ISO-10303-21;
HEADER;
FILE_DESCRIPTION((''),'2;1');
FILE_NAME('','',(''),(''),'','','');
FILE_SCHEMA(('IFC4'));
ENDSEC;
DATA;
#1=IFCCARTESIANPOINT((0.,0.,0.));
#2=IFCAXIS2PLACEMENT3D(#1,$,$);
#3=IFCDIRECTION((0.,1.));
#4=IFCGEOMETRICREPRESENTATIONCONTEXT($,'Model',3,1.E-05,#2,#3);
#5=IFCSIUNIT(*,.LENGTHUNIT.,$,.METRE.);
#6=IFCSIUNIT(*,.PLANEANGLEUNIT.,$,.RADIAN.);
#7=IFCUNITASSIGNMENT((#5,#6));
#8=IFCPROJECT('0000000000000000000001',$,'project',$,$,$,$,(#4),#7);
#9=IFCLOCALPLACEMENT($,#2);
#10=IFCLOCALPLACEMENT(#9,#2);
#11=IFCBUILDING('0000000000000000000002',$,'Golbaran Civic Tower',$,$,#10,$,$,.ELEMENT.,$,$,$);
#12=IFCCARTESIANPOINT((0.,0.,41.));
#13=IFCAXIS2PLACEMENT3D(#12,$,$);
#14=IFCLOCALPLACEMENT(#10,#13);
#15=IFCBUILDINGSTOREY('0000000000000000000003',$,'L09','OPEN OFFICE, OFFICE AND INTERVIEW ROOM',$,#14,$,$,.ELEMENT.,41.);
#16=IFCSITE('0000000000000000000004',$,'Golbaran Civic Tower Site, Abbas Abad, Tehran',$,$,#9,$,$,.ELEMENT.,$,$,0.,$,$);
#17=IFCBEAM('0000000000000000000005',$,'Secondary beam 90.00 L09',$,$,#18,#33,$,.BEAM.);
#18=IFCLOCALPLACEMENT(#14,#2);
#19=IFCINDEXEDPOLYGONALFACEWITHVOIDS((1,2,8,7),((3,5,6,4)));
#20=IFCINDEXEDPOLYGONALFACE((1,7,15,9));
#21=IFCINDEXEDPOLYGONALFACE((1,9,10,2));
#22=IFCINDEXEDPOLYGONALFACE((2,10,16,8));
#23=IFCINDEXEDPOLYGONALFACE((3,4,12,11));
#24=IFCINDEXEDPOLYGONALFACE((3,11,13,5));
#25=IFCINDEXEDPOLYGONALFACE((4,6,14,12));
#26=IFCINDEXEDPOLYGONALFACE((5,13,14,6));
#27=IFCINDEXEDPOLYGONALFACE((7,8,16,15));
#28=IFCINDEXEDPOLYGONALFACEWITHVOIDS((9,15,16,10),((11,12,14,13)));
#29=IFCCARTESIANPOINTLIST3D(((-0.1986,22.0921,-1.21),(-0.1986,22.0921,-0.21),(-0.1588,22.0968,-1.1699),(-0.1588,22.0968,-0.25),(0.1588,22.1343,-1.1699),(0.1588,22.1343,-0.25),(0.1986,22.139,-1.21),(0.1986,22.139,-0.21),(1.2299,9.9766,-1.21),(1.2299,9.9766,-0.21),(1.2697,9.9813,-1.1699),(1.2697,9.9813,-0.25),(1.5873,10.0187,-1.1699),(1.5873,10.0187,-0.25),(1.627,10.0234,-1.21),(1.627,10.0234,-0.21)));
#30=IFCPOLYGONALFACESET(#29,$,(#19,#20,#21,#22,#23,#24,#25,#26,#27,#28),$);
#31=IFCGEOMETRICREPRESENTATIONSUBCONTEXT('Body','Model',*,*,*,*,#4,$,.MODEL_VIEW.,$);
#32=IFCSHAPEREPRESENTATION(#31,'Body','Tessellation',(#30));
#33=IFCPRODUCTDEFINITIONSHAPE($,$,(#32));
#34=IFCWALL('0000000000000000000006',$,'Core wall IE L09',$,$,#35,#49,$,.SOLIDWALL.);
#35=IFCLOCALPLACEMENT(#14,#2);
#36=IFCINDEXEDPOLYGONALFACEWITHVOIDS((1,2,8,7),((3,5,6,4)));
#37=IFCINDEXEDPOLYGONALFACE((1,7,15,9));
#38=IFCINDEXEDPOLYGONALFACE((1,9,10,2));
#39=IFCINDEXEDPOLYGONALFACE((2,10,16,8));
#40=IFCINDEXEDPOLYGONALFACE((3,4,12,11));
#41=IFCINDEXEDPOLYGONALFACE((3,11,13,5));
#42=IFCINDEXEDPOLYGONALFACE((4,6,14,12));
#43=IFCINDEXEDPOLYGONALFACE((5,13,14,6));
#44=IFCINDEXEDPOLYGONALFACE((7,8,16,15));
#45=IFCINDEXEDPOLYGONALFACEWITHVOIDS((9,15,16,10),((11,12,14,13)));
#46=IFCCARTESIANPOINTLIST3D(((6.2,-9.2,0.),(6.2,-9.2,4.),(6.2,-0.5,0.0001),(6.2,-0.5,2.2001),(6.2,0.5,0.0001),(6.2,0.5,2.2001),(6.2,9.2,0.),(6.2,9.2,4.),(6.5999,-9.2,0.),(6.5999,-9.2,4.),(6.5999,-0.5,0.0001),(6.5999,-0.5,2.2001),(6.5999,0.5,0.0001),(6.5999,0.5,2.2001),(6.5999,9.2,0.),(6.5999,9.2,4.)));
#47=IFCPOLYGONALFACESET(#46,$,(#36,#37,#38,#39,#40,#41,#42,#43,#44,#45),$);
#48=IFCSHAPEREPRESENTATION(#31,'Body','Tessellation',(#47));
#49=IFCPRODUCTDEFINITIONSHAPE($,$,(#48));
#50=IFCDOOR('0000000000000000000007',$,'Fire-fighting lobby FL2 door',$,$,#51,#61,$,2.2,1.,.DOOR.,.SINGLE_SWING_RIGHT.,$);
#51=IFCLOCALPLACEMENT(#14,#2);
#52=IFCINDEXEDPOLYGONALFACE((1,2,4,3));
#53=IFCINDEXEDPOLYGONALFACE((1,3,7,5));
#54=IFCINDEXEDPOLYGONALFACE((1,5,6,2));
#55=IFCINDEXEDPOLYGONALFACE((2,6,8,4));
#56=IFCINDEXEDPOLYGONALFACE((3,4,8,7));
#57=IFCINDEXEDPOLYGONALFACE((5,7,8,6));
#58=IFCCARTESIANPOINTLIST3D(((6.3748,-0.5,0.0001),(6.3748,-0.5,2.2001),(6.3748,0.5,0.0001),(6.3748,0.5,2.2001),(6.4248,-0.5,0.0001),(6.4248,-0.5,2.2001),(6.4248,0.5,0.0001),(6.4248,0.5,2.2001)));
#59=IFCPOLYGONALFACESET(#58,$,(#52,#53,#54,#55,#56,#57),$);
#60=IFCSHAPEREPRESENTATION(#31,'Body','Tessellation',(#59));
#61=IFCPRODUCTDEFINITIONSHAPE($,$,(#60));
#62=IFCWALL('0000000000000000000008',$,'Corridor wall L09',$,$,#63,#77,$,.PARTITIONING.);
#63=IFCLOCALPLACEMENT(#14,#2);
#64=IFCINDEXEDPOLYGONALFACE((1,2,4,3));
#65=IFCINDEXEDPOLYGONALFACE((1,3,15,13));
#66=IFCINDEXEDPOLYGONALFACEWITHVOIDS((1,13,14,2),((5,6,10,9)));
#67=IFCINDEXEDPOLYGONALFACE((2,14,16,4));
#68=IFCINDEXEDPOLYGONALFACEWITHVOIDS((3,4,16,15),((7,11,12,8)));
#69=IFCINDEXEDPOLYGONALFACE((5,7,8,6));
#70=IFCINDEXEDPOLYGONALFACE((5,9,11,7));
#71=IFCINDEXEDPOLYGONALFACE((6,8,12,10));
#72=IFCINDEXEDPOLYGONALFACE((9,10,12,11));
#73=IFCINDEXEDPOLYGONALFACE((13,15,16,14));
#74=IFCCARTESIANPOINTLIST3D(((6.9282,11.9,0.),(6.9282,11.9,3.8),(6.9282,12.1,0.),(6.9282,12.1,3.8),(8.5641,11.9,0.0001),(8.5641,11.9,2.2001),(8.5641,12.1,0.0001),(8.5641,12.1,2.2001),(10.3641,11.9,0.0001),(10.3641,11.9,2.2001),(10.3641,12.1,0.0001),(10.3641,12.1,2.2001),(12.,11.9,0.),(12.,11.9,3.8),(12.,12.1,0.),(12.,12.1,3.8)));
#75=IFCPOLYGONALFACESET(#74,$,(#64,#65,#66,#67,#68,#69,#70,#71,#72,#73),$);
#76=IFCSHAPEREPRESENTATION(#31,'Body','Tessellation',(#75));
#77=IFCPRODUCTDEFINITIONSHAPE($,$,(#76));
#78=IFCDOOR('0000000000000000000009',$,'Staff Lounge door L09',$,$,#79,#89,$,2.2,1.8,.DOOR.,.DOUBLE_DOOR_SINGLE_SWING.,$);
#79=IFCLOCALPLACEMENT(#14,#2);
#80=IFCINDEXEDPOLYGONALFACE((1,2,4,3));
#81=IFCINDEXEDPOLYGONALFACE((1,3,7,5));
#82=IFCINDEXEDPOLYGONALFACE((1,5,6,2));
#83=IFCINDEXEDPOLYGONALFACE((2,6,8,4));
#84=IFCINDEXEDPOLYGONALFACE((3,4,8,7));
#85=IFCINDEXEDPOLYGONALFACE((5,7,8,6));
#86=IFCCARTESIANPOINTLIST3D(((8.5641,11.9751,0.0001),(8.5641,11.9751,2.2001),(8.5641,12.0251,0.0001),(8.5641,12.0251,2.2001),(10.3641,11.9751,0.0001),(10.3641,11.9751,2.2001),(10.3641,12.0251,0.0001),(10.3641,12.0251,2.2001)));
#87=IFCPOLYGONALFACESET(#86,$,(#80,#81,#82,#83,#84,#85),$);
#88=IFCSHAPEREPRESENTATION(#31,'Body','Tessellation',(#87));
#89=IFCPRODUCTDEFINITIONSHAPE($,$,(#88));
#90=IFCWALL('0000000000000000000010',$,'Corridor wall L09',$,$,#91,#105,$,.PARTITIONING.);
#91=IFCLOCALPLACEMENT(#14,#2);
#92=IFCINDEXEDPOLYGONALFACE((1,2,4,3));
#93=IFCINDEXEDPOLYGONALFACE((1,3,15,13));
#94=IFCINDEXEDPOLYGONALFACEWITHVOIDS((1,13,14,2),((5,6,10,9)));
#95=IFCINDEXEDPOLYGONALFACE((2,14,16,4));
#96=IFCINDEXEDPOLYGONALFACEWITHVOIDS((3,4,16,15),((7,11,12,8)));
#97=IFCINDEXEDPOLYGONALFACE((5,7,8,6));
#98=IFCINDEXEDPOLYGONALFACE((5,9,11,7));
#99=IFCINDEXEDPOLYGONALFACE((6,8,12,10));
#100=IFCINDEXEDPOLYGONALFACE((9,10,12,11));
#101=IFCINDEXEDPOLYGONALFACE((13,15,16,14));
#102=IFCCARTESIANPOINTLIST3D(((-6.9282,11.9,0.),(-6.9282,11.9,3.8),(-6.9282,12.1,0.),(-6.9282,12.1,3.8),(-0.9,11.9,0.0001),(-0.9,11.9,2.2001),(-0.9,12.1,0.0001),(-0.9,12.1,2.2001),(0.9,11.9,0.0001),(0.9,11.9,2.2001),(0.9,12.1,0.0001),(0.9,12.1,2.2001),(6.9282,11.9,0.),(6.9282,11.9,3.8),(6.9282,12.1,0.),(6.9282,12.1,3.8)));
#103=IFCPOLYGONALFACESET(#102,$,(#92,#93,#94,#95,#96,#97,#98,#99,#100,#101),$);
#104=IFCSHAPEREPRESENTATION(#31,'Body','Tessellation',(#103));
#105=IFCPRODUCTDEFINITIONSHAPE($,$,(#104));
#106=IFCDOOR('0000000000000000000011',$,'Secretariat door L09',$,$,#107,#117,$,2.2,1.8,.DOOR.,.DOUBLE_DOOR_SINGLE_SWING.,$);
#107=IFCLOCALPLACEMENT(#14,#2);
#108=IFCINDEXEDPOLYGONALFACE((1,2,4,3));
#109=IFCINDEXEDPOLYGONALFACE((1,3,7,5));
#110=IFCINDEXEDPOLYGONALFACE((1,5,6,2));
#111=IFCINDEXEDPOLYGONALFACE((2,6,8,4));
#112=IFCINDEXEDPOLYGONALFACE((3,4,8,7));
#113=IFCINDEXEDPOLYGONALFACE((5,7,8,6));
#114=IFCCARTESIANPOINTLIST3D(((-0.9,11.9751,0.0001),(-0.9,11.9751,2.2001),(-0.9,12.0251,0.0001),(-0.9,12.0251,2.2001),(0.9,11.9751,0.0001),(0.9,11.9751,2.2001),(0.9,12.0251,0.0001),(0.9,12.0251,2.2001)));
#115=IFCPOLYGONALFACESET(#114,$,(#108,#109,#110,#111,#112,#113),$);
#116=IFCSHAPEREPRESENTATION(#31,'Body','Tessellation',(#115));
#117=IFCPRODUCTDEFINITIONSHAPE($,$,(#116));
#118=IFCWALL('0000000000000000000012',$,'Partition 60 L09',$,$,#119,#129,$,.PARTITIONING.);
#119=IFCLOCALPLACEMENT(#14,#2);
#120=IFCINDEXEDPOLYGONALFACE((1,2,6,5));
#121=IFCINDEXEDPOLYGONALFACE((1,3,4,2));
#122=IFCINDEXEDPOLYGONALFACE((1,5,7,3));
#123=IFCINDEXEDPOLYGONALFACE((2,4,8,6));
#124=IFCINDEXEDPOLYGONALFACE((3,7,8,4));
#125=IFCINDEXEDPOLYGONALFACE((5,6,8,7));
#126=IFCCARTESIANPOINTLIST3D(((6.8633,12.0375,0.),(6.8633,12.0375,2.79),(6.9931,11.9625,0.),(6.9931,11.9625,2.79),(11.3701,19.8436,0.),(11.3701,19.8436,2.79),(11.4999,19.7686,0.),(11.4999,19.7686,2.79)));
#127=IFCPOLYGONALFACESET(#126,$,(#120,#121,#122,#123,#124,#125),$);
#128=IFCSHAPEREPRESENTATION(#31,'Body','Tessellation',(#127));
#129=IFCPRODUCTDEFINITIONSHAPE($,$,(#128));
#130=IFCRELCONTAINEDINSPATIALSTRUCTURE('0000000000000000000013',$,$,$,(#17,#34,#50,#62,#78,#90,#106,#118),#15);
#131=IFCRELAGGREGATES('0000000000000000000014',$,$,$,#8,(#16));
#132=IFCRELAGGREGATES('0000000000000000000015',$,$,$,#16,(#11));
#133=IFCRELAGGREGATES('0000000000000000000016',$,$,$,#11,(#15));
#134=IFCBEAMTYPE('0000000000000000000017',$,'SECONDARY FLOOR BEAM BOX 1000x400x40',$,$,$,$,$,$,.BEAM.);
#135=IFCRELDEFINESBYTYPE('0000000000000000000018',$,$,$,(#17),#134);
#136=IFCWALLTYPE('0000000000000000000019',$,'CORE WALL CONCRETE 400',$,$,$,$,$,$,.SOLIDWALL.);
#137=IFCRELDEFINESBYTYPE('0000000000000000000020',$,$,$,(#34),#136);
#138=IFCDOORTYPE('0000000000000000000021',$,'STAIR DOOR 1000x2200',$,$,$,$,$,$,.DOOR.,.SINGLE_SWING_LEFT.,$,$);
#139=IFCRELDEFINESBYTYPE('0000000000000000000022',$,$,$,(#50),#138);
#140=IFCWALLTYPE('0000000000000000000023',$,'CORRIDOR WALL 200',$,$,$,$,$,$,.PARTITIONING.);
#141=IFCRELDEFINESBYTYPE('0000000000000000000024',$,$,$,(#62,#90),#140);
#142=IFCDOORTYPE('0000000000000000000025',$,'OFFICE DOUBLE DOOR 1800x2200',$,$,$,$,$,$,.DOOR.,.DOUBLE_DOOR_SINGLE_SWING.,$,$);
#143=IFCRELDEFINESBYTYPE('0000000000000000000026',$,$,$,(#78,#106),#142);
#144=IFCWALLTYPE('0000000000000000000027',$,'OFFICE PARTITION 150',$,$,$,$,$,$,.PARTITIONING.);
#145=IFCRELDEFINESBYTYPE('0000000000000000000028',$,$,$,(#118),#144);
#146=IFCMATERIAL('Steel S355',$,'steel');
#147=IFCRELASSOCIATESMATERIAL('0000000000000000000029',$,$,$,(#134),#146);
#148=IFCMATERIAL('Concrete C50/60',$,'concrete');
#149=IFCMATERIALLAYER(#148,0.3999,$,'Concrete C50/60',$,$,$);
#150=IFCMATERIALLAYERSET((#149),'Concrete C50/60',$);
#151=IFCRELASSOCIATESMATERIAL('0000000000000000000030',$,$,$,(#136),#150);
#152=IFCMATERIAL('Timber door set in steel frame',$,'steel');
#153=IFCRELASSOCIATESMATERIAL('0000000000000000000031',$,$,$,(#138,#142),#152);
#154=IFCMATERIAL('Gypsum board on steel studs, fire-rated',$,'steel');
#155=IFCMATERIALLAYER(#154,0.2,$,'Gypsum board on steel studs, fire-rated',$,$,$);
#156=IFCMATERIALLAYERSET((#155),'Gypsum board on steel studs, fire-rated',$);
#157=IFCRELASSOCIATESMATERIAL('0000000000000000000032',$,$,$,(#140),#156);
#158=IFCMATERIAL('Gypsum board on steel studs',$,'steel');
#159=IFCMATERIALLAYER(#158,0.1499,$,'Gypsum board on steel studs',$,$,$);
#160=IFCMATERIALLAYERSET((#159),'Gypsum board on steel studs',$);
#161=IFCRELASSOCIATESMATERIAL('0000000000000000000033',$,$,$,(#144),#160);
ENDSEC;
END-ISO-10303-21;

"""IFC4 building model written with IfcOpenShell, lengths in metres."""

from ifc_helpers import new_model, si_unit, direction, frame, frame_2d, origin, origin_2d, place, context, subcontext, project, spatial, rectangle, hollow_rectangle, extrude, material, layer, layer_set, material_profile, profile_set, type_object, element, fill, save


model = new_model("IFC4")

# Units and contexts
model_context = context("Model", 3, precision=1e-05, world=origin(), true_north=direction((0.0, 1.0)))
body_context = subcontext(model_context, "Body", "Model", "MODEL_VIEW")
ifc_project = project(units=[si_unit("LENGTHUNIT", "METRE"), si_unit("PLANEANGLEUNIT", "RADIAN")], contexts=[model_context])

# Site, building, storey
site_placement = place(None, origin())
site = spatial("IfcSite", under=ifc_project, at=site_placement, Name="Golbaran Civic Tower Site, Abbas Abad, Tehran", CompositionType="ELEMENT", RefElevation=0.0)
building_placement = place(site_placement, origin())
building = spatial("IfcBuilding", under=site, at=building_placement, Name="Golbaran Civic Tower", CompositionType="ELEMENT")
storey_placement = place(building_placement, frame((0.0, 0.0, 41.0)))
storey = spatial("IfcBuildingStorey", under=building, at=storey_placement, Name="L09", Description="OPEN OFFICE, OFFICE AND INTERVIEW ROOM", CompositionType="ELEMENT", Elevation=41.0)

# Beam
ifc_material_1 = material(Name="Steel S355", Category="steel")
ifc_material_profile_1 = material_profile(ifc_material_1, hollow_rectangle(XDim=0.3999, YDim=1.0, WallThickness=0.04, at=origin_2d()), Name="BOX 1000x400x40")
ifc_profile_set_1 = profile_set([ifc_material_profile_1], Name="Steel S355")
beam_type_1 = type_object("IfcBeamType", Name="SECONDARY FLOOR BEAM BOX 1000x400x40", PredefinedType="BEAM", material=ifc_profile_set_1)
beam_1_placement = place(storey_placement, frame((1.4285, 10.0, -0.71), z_axis=(-0.117093, 0.993121, 0.0), x_axis=(-0.993121, -0.117093, 0.0)))
element("IfcBeam", 1, at=beam_1_placement, inside=storey, type_object=beam_type_1, Name="Secondary beam 90.00 L09", PredefinedType="BEAM", context=body_context, shape_type="SweptSolid", body=[
    extrude(hollow_rectangle(XDim=0.3999, YDim=1.0, WallThickness=0.04, at=origin_2d()), origin(), (0.0, 0.0, 1.0), 12.1995),
])

# Walls, openings, doors
ifc_material_2 = material(Name="Concrete C50/60", Category="concrete")
ifc_layer_1 = layer(ifc_material_2, 0.3999, Name="Concrete C50/60")
ifc_layer_set_1 = layer_set([ifc_layer_1], Name="Concrete C50/60")
wall_type_1 = type_object("IfcWallType", Name="CORE WALL CONCRETE 400", PredefinedType="SOLIDWALL", material=ifc_layer_set_1)
wall_1_placement = place(storey_placement, frame((6.3999, 9.2, 0.0), z_axis=(0.0, 0.0, 1.0), x_axis=(0.0, -1.0, 0.0)))
wall_1 = element("IfcWall", 2, at=wall_1_placement, inside=storey, type_object=wall_type_1, Name="Core wall IE L09", PredefinedType="SOLIDWALL", context=body_context, shape_type="SweptSolid", body=[
    extrude(rectangle(XDim=18.3999, YDim=0.3999, at=frame_2d((9.2, 0.0))), origin(), (0.0, 0.0, 1.0), 4.0),
])
opening_1_placement = place(wall_1_placement, frame((8.7, 0.0, 0.0)))
opening_1 = element("IfcOpeningElement", 3, at=opening_1_placement, cuts=wall_1, PredefinedType="OPENING", context=body_context, shape_type="SweptSolid", body=[
    extrude(rectangle(XDim=1.0, YDim=2.2, at=frame_2d((0.5, 1.1001))), frame((0.0, 0.21, 0.0), z_axis=(0.0, -1.0, 0.0), x_axis=(1.0, 0.0, 0.0)), (0.0, 0.0, 1.0), 0.4199),
])
ifc_material_3 = material(Name="Timber door set in steel frame", Category="steel")
door_type_1 = type_object("IfcDoorType", Name="STAIR DOOR 1000x2200", OperationType="SINGLE_SWING_LEFT", PredefinedType="DOOR", material=ifc_material_3)
door_1_placement = place(opening_1_placement, origin())
door_1 = element("IfcDoor", 4, at=door_1_placement, inside=storey, type_object=door_type_1, Name="Fire-fighting lobby FL2 door", OperationType="SINGLE_SWING_RIGHT", OverallHeight=2.2, OverallWidth=1.0, PredefinedType="DOOR", context=body_context, shape_type="SweptSolid", body=[
    extrude(rectangle(XDim=1.0, YDim=2.2, at=frame_2d((0.5, 1.1001))), frame((0.0, 0.0249, 0.0), z_axis=(0.0, -1.0, 0.0), x_axis=(1.0, 0.0, 0.0)), (0.0, 0.0, 1.0), 0.05),
])
fill(opening_1, door_1)
ifc_material_4 = material(Name="Gypsum board on steel studs, fire-rated", Category="steel")
ifc_layer_2 = layer(ifc_material_4, 0.2, Name="Gypsum board on steel studs, fire-rated")
ifc_layer_set_2 = layer_set([ifc_layer_2], Name="Gypsum board on steel studs, fire-rated")
wall_type_2 = type_object("IfcWallType", Name="CORRIDOR WALL 200", PredefinedType="PARTITIONING", material=ifc_layer_set_2)
wall_2_placement = place(storey_placement, frame((12.0, 12.0, 0.0), z_axis=(0.0, 0.0, 1.0), x_axis=(-1.0, 0.0, 0.0)))
wall_2 = element("IfcWall", 5, at=wall_2_placement, inside=storey, type_object=wall_type_2, Name="Corridor wall L09", PredefinedType="PARTITIONING", context=body_context, shape_type="SweptSolid", body=[
    extrude(rectangle(XDim=5.0718, YDim=0.2, at=frame_2d((2.5359, 0.0))), origin(), (0.0, 0.0, 1.0), 3.8),
])
opening_2_placement = place(wall_2_placement, frame((1.636, 0.0, 0.0)))
opening_2 = element("IfcOpeningElement", 6, at=opening_2_placement, cuts=wall_2, PredefinedType="OPENING", context=body_context, shape_type="SweptSolid", body=[
    extrude(rectangle(XDim=1.8, YDim=2.2, at=frame_2d((0.8999, 1.1001))), frame((0.0, 0.1099, 0.0), z_axis=(0.0, -1.0, 0.0), x_axis=(1.0, 0.0, 0.0)), (0.0, 0.0, 1.0), 0.22),
])
door_type_2 = type_object("IfcDoorType", Name="OFFICE DOUBLE DOOR 1800x2200", OperationType="DOUBLE_DOOR_SINGLE_SWING", PredefinedType="DOOR", material=ifc_material_3)
door_2_placement = place(opening_2_placement, origin())
door_2 = element("IfcDoor", 7, at=door_2_placement, inside=storey, type_object=door_type_2, Name="Staff Lounge door L09", OperationType="DOUBLE_DOOR_SINGLE_SWING", OverallHeight=2.2, OverallWidth=1.8, PredefinedType="DOOR", context=body_context, shape_type="SweptSolid", body=[
    extrude(rectangle(XDim=1.8, YDim=2.2, at=frame_2d((0.8999, 1.1001))), frame((0.0, 0.0249, 0.0), z_axis=(0.0, -1.0, 0.0), x_axis=(1.0, 0.0, 0.0)), (0.0, 0.0, 1.0), 0.05),
])
fill(opening_2, door_2)
wall_3_placement = place(storey_placement, frame((6.9282, 12.0, 0.0), z_axis=(0.0, 0.0, 1.0), x_axis=(-1.0, 0.0, 0.0)))
wall_3 = element("IfcWall", 8, at=wall_3_placement, inside=storey, type_object=wall_type_2, Name="Corridor wall L09", PredefinedType="PARTITIONING", context=body_context, shape_type="SweptSolid", body=[
    extrude(rectangle(XDim=13.8564, YDim=0.2, at=frame_2d((6.9282, 0.0))), origin(), (0.0, 0.0, 1.0), 3.8),
])
opening_3_placement = place(wall_3_placement, frame((6.0283, 0.0, 0.0)))
opening_3 = element("IfcOpeningElement", 9, at=opening_3_placement, cuts=wall_3, PredefinedType="OPENING", context=body_context, shape_type="SweptSolid", body=[
    extrude(rectangle(XDim=1.8, YDim=2.2, at=frame_2d((0.8999, 1.1001))), frame((0.0, 0.1099, 0.0), z_axis=(0.0, -1.0, 0.0), x_axis=(1.0, 0.0, 0.0)), (0.0, 0.0, 1.0), 0.22),
])
door_3_placement = place(opening_3_placement, origin())
door_3 = element("IfcDoor", 10, at=door_3_placement, inside=storey, type_object=door_type_2, Name="Secretariat door L09", OperationType="DOUBLE_DOOR_SINGLE_SWING", OverallHeight=2.2, OverallWidth=1.8, PredefinedType="DOOR", context=body_context, shape_type="SweptSolid", body=[
    extrude(rectangle(XDim=1.8, YDim=2.2, at=frame_2d((0.8999, 1.1001))), frame((0.0, 0.0249, 0.0), z_axis=(0.0, -1.0, 0.0), x_axis=(1.0, 0.0, 0.0)), (0.0, 0.0, 1.0), 0.05),
])
fill(opening_3, door_3)

# Wall
ifc_material_5 = material(Name="Gypsum board on steel studs", Category="steel")
ifc_layer_3 = layer(ifc_material_5, 0.1499, Name="Gypsum board on steel studs")
ifc_layer_set_3 = layer_set([ifc_layer_3], Name="Gypsum board on steel studs")
wall_type_3 = type_object("IfcWallType", Name="OFFICE PARTITION 150", PredefinedType="PARTITIONING", material=ifc_layer_set_3)
wall_4_placement = place(storey_placement, frame((6.9282, 12.0, 0.0), z_axis=(0.0, 0.0, 1.0), x_axis=(0.499996, 0.866028, 0.0)))
element("IfcWall", 11, at=wall_4_placement, inside=storey, type_object=wall_type_3, Name="Partition 60 L09", PredefinedType="PARTITIONING", context=body_context, shape_type="SweptSolid", body=[
    extrude(rectangle(XDim=9.0137, YDim=0.1499, at=frame_2d((4.5068, 0.0))), origin(), (0.0, 0.0, 1.0), 2.79),
])

save(model, "model.ifc")
